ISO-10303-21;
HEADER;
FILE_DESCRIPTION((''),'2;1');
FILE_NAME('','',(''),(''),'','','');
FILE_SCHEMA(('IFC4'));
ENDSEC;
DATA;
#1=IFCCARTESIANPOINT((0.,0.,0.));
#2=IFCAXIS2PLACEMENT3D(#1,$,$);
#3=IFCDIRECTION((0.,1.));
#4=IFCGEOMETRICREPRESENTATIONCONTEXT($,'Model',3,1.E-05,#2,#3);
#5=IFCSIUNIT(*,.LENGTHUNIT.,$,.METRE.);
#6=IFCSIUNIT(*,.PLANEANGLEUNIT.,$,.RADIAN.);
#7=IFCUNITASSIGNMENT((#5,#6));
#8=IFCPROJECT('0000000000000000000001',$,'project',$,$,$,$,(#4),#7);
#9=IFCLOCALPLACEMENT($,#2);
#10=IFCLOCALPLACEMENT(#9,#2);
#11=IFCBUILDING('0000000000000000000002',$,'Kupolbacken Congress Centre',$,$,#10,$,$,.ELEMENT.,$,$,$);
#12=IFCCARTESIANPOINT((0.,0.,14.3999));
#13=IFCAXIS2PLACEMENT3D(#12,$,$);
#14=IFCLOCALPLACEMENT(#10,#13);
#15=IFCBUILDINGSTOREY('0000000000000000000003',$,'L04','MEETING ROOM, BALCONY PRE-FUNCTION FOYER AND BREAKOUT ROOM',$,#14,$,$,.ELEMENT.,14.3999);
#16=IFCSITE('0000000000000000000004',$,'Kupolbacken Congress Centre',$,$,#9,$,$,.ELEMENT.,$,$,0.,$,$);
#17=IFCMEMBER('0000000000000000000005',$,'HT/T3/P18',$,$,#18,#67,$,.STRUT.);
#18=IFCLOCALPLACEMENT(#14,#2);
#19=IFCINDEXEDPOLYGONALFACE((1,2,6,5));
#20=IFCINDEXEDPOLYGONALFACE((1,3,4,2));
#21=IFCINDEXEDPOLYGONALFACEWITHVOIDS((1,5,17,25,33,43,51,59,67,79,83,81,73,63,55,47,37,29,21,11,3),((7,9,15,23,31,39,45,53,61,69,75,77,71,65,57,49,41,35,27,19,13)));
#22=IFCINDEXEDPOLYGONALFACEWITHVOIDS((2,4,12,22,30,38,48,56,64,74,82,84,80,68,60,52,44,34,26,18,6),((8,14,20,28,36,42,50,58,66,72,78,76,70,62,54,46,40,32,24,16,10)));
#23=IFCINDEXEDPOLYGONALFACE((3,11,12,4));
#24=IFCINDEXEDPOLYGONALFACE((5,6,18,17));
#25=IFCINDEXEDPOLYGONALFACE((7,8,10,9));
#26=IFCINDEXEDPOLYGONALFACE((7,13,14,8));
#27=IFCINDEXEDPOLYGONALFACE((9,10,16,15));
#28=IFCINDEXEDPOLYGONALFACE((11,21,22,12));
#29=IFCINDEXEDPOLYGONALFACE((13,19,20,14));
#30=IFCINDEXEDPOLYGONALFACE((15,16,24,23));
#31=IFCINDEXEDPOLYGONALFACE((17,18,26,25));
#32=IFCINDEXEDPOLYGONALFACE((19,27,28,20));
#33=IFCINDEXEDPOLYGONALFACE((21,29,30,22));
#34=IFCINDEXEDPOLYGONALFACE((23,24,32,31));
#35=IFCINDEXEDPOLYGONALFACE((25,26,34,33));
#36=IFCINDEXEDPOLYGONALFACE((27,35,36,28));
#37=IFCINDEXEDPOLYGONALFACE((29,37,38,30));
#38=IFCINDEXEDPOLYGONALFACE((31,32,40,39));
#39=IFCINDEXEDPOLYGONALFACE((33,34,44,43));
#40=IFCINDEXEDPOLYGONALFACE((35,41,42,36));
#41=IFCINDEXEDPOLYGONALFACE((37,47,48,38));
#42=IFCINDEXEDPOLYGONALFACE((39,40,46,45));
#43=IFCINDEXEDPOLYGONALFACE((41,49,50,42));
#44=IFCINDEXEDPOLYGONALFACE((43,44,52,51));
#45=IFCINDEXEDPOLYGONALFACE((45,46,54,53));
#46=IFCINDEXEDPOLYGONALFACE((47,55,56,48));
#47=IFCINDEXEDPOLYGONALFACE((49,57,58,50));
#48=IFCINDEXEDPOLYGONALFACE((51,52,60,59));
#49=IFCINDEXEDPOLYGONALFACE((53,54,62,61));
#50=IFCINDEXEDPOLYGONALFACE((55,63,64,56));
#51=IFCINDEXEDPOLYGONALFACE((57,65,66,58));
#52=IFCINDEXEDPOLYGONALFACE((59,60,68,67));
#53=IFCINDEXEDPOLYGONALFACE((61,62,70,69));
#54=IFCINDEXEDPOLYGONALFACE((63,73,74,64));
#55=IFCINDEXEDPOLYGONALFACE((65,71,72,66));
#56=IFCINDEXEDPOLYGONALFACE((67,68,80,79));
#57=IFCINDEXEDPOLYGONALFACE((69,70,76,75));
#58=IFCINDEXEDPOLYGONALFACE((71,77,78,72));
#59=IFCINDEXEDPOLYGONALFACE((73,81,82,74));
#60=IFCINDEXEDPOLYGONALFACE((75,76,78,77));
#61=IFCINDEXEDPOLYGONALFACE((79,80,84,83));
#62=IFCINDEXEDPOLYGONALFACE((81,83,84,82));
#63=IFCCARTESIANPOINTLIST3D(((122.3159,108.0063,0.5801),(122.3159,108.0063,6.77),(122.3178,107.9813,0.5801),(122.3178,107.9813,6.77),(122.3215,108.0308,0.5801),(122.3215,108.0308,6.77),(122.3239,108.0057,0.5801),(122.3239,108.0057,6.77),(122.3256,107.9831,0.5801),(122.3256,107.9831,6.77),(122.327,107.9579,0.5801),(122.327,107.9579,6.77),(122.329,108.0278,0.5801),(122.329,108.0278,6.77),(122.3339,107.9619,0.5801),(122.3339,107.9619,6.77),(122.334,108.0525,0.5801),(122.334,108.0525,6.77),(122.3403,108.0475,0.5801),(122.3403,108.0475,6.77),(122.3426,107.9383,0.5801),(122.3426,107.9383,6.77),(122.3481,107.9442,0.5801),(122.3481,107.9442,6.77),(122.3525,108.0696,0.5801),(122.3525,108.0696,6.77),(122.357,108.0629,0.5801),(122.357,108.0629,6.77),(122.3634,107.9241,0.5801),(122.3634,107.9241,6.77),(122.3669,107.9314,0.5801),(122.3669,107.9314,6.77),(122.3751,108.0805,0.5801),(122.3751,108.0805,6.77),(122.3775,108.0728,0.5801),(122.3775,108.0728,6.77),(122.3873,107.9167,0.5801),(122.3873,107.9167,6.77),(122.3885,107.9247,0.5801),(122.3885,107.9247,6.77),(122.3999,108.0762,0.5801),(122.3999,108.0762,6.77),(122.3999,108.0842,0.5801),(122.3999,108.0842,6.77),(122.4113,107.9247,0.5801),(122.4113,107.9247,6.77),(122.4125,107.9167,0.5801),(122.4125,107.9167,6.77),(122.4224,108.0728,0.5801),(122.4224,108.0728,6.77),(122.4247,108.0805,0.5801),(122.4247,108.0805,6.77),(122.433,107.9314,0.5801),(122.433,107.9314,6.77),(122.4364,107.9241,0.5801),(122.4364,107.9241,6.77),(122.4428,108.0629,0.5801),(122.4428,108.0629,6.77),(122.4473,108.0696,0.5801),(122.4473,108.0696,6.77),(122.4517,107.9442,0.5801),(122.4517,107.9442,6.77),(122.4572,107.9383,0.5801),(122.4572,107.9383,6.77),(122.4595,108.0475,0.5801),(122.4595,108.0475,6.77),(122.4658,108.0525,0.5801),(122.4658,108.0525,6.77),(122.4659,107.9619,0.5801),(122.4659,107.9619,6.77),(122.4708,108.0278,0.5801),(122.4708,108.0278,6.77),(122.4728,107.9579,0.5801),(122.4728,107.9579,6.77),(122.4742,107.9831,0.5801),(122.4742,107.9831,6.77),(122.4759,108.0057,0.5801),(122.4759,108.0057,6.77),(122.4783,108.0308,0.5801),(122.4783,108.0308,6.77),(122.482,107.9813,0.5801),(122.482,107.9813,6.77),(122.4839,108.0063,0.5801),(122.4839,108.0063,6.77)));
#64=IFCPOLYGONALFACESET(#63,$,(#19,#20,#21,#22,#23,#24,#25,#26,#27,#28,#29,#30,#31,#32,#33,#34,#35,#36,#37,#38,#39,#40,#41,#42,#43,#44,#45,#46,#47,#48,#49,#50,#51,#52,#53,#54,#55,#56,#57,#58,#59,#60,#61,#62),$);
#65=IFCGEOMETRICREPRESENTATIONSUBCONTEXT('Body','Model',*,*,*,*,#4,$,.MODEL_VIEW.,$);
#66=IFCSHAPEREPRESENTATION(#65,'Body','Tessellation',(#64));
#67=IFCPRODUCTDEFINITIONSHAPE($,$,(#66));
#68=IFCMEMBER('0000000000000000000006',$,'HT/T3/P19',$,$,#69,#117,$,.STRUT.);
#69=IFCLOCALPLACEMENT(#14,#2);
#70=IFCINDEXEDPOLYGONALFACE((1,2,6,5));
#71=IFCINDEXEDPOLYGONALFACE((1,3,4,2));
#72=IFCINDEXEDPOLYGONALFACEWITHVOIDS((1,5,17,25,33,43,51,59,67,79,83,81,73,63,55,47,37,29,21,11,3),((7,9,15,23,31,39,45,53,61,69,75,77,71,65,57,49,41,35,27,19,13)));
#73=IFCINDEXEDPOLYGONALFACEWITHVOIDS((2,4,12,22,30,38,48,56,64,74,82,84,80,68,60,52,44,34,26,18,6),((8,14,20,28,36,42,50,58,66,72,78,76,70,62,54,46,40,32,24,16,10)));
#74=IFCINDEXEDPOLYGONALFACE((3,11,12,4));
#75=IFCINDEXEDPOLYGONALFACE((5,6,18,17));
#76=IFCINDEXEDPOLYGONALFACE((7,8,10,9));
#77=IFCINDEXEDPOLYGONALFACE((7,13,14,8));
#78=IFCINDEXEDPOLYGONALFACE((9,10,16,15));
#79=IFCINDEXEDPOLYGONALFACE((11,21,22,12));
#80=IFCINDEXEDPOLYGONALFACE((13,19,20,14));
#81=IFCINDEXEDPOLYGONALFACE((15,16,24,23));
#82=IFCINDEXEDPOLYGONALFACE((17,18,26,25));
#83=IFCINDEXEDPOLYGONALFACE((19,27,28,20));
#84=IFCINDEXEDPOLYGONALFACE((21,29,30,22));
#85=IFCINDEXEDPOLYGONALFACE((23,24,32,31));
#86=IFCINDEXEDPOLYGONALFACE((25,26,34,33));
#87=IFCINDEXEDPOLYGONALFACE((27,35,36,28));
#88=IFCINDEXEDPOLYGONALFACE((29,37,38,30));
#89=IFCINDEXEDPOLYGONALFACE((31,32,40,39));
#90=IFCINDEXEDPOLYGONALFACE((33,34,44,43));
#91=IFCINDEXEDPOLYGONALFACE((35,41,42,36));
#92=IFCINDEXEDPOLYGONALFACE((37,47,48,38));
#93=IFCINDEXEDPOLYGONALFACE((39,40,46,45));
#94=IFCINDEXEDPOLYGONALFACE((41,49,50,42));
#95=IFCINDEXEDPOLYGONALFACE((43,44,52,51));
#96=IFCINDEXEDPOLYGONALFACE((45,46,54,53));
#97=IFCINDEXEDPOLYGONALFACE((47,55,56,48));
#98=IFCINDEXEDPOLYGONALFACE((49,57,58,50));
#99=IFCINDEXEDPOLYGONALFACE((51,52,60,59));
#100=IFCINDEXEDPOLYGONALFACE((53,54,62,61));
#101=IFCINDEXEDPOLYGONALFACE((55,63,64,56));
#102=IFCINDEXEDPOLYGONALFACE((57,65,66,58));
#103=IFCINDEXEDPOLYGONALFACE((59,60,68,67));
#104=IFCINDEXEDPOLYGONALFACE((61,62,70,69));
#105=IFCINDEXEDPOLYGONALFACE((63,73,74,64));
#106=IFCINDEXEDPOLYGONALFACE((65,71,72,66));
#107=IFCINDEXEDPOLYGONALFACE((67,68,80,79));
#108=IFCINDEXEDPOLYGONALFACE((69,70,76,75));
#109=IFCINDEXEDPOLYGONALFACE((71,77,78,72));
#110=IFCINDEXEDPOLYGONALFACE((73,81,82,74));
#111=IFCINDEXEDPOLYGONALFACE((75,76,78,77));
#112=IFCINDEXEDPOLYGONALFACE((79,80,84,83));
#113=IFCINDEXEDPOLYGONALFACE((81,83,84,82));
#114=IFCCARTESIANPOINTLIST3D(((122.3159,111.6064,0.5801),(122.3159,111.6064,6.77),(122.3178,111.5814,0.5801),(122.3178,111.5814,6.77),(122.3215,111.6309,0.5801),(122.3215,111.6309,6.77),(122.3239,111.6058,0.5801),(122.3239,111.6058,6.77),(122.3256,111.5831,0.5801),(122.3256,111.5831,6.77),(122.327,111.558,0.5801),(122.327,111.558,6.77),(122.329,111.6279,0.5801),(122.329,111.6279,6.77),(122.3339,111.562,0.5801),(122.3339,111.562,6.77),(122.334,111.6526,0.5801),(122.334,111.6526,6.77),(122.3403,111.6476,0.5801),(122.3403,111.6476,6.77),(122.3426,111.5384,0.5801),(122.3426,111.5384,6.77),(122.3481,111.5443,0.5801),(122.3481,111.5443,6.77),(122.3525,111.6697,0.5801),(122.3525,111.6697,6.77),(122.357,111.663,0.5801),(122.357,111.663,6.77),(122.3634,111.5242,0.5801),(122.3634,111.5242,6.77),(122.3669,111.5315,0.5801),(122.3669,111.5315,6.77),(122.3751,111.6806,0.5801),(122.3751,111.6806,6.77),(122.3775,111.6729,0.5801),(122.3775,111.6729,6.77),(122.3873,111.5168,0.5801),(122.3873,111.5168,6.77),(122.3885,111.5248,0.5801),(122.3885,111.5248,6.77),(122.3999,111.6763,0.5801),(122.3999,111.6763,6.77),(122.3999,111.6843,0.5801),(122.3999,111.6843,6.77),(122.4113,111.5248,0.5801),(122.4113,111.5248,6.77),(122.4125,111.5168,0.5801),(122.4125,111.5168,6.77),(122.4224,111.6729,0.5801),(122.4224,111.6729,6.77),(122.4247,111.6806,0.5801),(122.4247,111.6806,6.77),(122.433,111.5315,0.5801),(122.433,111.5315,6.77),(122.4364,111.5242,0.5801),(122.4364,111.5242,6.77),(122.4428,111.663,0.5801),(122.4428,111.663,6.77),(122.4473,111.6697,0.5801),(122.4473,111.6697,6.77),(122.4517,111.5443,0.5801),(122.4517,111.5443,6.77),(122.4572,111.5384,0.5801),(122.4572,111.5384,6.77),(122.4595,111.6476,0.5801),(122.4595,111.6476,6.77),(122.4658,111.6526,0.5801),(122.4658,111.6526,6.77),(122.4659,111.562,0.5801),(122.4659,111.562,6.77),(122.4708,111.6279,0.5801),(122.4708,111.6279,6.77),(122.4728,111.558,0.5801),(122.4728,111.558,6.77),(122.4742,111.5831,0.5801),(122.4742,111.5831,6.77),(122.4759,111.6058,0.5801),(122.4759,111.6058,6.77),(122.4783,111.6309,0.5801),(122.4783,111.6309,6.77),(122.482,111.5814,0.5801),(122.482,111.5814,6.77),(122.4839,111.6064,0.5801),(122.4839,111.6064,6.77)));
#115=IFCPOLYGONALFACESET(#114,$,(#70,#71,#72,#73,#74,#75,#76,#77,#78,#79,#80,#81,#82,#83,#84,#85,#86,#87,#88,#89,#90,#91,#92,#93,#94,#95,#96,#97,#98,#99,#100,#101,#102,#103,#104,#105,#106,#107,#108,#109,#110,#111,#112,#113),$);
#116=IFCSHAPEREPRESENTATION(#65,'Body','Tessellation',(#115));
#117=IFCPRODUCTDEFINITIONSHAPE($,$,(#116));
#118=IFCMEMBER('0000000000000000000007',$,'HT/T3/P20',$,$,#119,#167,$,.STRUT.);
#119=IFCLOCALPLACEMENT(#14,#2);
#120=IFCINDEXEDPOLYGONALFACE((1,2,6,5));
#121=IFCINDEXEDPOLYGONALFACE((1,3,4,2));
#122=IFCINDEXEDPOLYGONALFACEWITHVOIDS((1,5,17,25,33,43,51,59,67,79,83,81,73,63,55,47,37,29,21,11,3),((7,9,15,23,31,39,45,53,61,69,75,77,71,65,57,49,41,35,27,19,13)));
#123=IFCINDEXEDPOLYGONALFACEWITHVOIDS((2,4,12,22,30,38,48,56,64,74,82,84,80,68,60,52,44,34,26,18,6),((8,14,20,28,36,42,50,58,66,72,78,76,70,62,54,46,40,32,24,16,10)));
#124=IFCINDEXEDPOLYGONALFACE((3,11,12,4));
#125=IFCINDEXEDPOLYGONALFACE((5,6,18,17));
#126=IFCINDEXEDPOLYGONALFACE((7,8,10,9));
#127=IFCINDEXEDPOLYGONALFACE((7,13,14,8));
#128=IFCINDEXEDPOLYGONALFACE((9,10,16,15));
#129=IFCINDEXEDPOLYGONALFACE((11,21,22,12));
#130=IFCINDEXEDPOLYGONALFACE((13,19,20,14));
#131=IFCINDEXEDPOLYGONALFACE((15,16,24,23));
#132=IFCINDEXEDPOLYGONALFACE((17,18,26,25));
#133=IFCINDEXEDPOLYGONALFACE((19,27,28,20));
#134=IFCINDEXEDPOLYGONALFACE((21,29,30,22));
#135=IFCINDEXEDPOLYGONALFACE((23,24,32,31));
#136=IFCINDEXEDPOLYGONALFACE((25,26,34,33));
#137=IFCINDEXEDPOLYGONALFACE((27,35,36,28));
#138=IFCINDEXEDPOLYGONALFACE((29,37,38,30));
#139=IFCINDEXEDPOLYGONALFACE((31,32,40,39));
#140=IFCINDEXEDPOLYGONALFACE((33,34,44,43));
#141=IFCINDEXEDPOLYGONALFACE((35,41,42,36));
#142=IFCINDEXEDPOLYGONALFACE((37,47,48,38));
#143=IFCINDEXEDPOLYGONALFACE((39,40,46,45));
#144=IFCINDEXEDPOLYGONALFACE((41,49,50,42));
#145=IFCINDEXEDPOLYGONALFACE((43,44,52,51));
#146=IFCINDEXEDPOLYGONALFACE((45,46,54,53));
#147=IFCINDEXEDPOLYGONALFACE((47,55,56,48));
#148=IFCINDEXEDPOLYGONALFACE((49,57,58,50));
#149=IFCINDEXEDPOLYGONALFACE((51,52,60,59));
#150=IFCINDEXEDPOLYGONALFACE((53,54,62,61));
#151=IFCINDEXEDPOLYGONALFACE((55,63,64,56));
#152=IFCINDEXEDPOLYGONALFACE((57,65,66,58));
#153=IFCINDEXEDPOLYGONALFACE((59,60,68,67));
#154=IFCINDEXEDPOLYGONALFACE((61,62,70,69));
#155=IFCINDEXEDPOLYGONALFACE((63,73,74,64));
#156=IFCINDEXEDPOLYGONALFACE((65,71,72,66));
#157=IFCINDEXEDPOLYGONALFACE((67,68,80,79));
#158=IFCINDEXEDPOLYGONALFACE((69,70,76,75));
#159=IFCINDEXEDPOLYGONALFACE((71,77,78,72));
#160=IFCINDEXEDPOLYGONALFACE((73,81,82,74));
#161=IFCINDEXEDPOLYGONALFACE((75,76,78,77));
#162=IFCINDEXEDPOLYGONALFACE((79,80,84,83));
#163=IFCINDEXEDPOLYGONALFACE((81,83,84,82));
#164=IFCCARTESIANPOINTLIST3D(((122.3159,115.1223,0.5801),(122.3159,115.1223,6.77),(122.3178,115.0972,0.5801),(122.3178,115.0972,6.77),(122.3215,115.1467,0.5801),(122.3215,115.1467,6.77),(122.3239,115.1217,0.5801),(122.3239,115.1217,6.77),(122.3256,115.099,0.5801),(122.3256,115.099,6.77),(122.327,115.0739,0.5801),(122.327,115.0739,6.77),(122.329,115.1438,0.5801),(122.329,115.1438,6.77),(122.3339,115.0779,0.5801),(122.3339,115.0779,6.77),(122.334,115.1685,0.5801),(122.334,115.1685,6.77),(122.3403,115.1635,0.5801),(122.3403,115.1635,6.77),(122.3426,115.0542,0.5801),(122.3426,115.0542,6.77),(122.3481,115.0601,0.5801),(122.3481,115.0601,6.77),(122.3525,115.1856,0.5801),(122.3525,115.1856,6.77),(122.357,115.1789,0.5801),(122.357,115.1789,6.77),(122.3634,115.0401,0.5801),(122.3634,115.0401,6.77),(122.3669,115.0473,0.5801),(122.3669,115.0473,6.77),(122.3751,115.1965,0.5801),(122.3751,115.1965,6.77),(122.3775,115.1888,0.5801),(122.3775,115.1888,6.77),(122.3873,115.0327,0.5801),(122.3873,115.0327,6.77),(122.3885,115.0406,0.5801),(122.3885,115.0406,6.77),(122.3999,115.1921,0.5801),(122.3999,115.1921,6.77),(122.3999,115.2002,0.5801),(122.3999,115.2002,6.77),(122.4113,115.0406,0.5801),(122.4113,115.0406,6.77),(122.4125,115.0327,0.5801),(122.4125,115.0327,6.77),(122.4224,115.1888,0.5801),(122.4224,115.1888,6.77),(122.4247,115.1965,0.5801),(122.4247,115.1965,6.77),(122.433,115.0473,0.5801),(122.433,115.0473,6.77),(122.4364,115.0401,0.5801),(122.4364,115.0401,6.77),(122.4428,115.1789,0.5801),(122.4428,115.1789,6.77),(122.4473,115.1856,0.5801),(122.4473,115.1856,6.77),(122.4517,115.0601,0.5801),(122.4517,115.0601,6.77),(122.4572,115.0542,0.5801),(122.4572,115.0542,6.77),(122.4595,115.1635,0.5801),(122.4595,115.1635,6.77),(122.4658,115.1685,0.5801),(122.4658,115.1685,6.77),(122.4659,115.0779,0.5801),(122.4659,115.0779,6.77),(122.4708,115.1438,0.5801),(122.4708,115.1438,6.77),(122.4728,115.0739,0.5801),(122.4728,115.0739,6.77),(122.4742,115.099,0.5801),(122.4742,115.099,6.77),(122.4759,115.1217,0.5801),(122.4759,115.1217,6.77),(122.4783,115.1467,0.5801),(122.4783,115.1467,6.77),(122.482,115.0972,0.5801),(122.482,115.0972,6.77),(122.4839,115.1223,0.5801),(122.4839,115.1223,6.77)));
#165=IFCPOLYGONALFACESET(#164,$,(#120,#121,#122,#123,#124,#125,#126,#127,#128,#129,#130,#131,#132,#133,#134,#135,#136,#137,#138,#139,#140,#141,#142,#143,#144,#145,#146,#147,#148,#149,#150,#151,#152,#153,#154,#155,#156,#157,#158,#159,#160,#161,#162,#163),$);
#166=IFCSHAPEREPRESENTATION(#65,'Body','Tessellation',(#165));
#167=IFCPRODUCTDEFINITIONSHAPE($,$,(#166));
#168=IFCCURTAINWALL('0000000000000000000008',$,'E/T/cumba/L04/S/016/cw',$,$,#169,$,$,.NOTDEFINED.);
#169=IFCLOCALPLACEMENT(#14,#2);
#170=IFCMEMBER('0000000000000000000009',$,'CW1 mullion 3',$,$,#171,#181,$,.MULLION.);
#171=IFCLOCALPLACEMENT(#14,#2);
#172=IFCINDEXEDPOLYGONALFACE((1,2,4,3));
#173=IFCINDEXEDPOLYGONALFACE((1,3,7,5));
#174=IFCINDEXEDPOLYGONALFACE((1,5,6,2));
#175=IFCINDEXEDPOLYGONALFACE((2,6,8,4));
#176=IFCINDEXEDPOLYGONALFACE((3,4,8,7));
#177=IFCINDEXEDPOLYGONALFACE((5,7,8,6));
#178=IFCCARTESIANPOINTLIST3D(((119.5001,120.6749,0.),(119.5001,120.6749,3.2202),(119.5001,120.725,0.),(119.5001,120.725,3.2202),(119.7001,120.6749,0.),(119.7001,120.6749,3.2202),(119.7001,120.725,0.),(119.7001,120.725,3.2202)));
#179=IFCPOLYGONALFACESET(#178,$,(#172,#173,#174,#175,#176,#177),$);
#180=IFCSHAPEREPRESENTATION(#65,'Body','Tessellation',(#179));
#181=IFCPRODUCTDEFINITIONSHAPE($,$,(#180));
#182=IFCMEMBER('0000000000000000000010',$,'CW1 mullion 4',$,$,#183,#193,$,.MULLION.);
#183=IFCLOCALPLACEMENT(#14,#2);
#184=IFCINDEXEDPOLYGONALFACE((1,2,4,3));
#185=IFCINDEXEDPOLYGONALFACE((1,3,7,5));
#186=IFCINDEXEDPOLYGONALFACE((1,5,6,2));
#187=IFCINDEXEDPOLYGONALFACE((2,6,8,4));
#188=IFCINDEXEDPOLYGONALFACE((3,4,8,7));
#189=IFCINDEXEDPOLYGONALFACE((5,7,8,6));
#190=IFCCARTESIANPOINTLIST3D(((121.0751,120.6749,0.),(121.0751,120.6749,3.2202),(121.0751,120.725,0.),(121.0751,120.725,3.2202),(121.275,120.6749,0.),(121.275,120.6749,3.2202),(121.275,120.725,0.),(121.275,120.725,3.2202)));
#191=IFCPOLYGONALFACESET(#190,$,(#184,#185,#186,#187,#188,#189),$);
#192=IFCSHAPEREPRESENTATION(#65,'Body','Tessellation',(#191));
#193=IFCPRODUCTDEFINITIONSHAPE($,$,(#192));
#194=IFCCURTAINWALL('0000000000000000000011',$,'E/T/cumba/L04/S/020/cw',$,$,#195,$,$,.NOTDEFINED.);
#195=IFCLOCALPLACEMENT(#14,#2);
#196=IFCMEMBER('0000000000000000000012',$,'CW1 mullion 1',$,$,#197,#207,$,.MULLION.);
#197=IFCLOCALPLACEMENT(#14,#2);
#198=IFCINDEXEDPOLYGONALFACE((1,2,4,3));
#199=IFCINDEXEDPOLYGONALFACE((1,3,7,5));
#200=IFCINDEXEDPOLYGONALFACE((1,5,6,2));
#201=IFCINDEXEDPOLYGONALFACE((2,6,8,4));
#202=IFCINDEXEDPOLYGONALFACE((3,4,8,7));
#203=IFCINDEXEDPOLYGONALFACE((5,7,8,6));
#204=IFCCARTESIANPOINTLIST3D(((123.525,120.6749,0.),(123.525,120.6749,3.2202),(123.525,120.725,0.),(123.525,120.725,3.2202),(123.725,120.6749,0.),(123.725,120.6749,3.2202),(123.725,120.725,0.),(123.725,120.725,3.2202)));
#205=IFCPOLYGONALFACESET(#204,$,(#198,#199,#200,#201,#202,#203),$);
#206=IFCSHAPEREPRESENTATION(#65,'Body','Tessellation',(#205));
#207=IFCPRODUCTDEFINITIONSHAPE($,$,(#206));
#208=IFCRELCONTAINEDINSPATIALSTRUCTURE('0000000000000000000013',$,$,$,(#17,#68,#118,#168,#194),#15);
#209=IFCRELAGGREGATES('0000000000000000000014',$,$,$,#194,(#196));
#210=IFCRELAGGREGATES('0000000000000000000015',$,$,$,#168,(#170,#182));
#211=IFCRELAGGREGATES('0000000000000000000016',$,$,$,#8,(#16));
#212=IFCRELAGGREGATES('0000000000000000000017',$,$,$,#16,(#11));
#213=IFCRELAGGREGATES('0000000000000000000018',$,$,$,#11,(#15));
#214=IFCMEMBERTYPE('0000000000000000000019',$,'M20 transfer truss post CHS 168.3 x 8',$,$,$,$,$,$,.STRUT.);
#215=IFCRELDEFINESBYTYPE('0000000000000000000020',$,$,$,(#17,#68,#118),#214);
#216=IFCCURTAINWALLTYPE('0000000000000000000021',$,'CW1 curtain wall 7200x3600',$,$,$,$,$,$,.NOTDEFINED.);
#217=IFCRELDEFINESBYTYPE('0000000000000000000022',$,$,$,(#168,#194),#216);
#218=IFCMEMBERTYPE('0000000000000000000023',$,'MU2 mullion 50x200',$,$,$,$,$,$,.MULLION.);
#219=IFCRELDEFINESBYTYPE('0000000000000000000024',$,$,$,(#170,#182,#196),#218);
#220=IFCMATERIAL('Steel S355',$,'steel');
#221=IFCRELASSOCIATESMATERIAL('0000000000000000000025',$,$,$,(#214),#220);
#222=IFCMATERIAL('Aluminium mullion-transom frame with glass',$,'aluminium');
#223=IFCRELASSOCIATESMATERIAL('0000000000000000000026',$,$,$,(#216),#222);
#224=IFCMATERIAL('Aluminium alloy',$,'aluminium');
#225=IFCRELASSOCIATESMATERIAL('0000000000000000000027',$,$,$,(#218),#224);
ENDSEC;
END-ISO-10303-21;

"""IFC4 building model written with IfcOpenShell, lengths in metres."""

from ifc_helpers import new_model, si_unit, direction, frame, origin, origin_2d, place, context, subcontext, project, spatial, rectangle, hollow_circle, extrude, material, material_profile, profile_set, type_object, element, aggregate, save


model = new_model("IFC4")

# Units and contexts
model_context = context("Model", 3, precision=1e-05, world=origin(), true_north=direction((0.0, 1.0)))
body_context = subcontext(model_context, "Body", "Model", "MODEL_VIEW")
ifc_project = project(units=[si_unit("LENGTHUNIT", "METRE"), si_unit("PLANEANGLEUNIT", "RADIAN")], contexts=[model_context])

# Site, building, storey
site_placement = place(None, origin())
site = spatial("IfcSite", under=ifc_project, at=site_placement, Name="Kupolbacken Congress Centre", CompositionType="ELEMENT", RefElevation=0.0)
building_placement = place(site_placement, origin())
building = spatial("IfcBuilding", under=site, at=building_placement, Name="Kupolbacken Congress Centre", CompositionType="ELEMENT")
storey_placement = place(building_placement, frame((0.0, 0.0, 14.3999)))
storey = spatial("IfcBuildingStorey", under=building, at=storey_placement, Name="L04", Description="MEETING ROOM, BALCONY PRE-FUNCTION FOYER AND BREAKOUT ROOM", CompositionType="ELEMENT", Elevation=14.3999)

# Members
ifc_material_1 = material(Name="Steel S355", Category="steel")
ifc_material_profile_1 = material_profile(ifc_material_1, hollow_circle(Radius=0.0842, WallThickness=0.0081, at=origin_2d()), Name="CHS 168.3 x 8")
ifc_profile_set_1 = profile_set([ifc_material_profile_1], Name="Steel S355")
member_type_1 = type_object("IfcMemberType", Name="M20 transfer truss post CHS 168.3 x 8", PredefinedType="STRUT", material=ifc_profile_set_1)
for number, where, z_axis, x_axis, name in (
    (1, (122.3999, 108.0, 0.5801), (0.0, 0.0, 1.0), (0.0, 1.0, 0.0), "HT/T3/P18"),
    (2, (122.3999, 111.6001, 0.5801), (0.0, 0.0, 1.0), (0.0, 1.0, 0.0), "HT/T3/P19"),
    (3, (122.3999, 115.116, 0.5801), (0.0, 0.0, 1.0), (0.0, 1.0, 0.0), "HT/T3/P20"),
):
    element("IfcMember", number, at=place(storey_placement, frame(where, z_axis=z_axis, x_axis=x_axis)), inside=storey, type_object=member_type_1, Name=name, PredefinedType="STRUT", context=body_context, shape_type="SweptSolid", body=[
        extrude(hollow_circle(Radius=0.0842, WallThickness=0.0081, at=origin_2d()), origin(), (0.0, 0.0, 1.0), 6.1899),
    ])

# Curtain wall, members
ifc_material_2 = material(Name="Aluminium mullion-transom frame with glass", Category="aluminium")
curtain_wall_type = type_object("IfcCurtainWallType", Name="CW1 curtain wall 7200x3600", PredefinedType="NOTDEFINED", material=ifc_material_2)
curtain_wall_1_placement = place(storey_placement, origin())
curtain_wall_1 = element("IfcCurtainWall", 4, at=curtain_wall_1_placement, inside=storey, type_object=curtain_wall_type, Name="E/T/cumba/L04/S/016/cw", PredefinedType="NOTDEFINED")
ifc_material_3 = material(Name="Aluminium alloy", Category="aluminium")
ifc_material_profile_2 = material_profile(ifc_material_3, rectangle(XDim=0.05, YDim=0.2, at=origin_2d()), Name="50 x 200")
ifc_profile_set_2 = profile_set([ifc_material_profile_2], Name="Aluminium alloy")
member_type_2 = type_object("IfcMemberType", Name="MU2 mullion 50x200", PredefinedType="MULLION", material=ifc_profile_set_2)
member_1_placement = place(storey_placement, frame((119.6001, 120.7, 0.0), z_axis=(0.0, 0.0, 1.0), x_axis=(0.0, 1.0, 0.0)))
member_1 = element("IfcMember", 5, at=member_1_placement, type_object=member_type_2, Name="CW1 mullion 3", PredefinedType="MULLION", context=body_context, shape_type="SweptSolid", body=[
    extrude(rectangle(XDim=0.05, YDim=0.2, at=origin_2d()), origin(), (0.0, 0.0, 1.0), 3.2202),
])
member_2_placement = place(storey_placement, frame((121.175, 120.7, 0.0), z_axis=(0.0, 0.0, 1.0), x_axis=(0.0, 1.0, 0.0)))
member_2 = element("IfcMember", 6, at=member_2_placement, type_object=member_type_2, Name="CW1 mullion 4", PredefinedType="MULLION", context=body_context, shape_type="SweptSolid", body=[
    extrude(rectangle(XDim=0.05, YDim=0.2, at=origin_2d()), origin(), (0.0, 0.0, 1.0), 3.2202),
])

# Curtain wall, member
curtain_wall_2_placement = place(storey_placement, origin())
curtain_wall_2 = element("IfcCurtainWall", 7, at=curtain_wall_2_placement, inside=storey, type_object=curtain_wall_type, Name="E/T/cumba/L04/S/020/cw", PredefinedType="NOTDEFINED")
member_3_placement = place(storey_placement, frame((123.625, 120.7, 0.0), z_axis=(0.0, 0.0, 1.0), x_axis=(0.0, 1.0, 0.0)))
member_3 = element("IfcMember", 8, at=member_3_placement, type_object=member_type_2, Name="CW1 mullion 1", PredefinedType="MULLION", context=body_context, shape_type="SweptSolid", body=[
    extrude(rectangle(XDim=0.05, YDim=0.2, at=origin_2d()), origin(), (0.0, 0.0, 1.0), 3.2202),
])
aggregate(curtain_wall_2, [member_3])

aggregate(curtain_wall_1, [member_1, member_2])

save(model, "model.ifc")
